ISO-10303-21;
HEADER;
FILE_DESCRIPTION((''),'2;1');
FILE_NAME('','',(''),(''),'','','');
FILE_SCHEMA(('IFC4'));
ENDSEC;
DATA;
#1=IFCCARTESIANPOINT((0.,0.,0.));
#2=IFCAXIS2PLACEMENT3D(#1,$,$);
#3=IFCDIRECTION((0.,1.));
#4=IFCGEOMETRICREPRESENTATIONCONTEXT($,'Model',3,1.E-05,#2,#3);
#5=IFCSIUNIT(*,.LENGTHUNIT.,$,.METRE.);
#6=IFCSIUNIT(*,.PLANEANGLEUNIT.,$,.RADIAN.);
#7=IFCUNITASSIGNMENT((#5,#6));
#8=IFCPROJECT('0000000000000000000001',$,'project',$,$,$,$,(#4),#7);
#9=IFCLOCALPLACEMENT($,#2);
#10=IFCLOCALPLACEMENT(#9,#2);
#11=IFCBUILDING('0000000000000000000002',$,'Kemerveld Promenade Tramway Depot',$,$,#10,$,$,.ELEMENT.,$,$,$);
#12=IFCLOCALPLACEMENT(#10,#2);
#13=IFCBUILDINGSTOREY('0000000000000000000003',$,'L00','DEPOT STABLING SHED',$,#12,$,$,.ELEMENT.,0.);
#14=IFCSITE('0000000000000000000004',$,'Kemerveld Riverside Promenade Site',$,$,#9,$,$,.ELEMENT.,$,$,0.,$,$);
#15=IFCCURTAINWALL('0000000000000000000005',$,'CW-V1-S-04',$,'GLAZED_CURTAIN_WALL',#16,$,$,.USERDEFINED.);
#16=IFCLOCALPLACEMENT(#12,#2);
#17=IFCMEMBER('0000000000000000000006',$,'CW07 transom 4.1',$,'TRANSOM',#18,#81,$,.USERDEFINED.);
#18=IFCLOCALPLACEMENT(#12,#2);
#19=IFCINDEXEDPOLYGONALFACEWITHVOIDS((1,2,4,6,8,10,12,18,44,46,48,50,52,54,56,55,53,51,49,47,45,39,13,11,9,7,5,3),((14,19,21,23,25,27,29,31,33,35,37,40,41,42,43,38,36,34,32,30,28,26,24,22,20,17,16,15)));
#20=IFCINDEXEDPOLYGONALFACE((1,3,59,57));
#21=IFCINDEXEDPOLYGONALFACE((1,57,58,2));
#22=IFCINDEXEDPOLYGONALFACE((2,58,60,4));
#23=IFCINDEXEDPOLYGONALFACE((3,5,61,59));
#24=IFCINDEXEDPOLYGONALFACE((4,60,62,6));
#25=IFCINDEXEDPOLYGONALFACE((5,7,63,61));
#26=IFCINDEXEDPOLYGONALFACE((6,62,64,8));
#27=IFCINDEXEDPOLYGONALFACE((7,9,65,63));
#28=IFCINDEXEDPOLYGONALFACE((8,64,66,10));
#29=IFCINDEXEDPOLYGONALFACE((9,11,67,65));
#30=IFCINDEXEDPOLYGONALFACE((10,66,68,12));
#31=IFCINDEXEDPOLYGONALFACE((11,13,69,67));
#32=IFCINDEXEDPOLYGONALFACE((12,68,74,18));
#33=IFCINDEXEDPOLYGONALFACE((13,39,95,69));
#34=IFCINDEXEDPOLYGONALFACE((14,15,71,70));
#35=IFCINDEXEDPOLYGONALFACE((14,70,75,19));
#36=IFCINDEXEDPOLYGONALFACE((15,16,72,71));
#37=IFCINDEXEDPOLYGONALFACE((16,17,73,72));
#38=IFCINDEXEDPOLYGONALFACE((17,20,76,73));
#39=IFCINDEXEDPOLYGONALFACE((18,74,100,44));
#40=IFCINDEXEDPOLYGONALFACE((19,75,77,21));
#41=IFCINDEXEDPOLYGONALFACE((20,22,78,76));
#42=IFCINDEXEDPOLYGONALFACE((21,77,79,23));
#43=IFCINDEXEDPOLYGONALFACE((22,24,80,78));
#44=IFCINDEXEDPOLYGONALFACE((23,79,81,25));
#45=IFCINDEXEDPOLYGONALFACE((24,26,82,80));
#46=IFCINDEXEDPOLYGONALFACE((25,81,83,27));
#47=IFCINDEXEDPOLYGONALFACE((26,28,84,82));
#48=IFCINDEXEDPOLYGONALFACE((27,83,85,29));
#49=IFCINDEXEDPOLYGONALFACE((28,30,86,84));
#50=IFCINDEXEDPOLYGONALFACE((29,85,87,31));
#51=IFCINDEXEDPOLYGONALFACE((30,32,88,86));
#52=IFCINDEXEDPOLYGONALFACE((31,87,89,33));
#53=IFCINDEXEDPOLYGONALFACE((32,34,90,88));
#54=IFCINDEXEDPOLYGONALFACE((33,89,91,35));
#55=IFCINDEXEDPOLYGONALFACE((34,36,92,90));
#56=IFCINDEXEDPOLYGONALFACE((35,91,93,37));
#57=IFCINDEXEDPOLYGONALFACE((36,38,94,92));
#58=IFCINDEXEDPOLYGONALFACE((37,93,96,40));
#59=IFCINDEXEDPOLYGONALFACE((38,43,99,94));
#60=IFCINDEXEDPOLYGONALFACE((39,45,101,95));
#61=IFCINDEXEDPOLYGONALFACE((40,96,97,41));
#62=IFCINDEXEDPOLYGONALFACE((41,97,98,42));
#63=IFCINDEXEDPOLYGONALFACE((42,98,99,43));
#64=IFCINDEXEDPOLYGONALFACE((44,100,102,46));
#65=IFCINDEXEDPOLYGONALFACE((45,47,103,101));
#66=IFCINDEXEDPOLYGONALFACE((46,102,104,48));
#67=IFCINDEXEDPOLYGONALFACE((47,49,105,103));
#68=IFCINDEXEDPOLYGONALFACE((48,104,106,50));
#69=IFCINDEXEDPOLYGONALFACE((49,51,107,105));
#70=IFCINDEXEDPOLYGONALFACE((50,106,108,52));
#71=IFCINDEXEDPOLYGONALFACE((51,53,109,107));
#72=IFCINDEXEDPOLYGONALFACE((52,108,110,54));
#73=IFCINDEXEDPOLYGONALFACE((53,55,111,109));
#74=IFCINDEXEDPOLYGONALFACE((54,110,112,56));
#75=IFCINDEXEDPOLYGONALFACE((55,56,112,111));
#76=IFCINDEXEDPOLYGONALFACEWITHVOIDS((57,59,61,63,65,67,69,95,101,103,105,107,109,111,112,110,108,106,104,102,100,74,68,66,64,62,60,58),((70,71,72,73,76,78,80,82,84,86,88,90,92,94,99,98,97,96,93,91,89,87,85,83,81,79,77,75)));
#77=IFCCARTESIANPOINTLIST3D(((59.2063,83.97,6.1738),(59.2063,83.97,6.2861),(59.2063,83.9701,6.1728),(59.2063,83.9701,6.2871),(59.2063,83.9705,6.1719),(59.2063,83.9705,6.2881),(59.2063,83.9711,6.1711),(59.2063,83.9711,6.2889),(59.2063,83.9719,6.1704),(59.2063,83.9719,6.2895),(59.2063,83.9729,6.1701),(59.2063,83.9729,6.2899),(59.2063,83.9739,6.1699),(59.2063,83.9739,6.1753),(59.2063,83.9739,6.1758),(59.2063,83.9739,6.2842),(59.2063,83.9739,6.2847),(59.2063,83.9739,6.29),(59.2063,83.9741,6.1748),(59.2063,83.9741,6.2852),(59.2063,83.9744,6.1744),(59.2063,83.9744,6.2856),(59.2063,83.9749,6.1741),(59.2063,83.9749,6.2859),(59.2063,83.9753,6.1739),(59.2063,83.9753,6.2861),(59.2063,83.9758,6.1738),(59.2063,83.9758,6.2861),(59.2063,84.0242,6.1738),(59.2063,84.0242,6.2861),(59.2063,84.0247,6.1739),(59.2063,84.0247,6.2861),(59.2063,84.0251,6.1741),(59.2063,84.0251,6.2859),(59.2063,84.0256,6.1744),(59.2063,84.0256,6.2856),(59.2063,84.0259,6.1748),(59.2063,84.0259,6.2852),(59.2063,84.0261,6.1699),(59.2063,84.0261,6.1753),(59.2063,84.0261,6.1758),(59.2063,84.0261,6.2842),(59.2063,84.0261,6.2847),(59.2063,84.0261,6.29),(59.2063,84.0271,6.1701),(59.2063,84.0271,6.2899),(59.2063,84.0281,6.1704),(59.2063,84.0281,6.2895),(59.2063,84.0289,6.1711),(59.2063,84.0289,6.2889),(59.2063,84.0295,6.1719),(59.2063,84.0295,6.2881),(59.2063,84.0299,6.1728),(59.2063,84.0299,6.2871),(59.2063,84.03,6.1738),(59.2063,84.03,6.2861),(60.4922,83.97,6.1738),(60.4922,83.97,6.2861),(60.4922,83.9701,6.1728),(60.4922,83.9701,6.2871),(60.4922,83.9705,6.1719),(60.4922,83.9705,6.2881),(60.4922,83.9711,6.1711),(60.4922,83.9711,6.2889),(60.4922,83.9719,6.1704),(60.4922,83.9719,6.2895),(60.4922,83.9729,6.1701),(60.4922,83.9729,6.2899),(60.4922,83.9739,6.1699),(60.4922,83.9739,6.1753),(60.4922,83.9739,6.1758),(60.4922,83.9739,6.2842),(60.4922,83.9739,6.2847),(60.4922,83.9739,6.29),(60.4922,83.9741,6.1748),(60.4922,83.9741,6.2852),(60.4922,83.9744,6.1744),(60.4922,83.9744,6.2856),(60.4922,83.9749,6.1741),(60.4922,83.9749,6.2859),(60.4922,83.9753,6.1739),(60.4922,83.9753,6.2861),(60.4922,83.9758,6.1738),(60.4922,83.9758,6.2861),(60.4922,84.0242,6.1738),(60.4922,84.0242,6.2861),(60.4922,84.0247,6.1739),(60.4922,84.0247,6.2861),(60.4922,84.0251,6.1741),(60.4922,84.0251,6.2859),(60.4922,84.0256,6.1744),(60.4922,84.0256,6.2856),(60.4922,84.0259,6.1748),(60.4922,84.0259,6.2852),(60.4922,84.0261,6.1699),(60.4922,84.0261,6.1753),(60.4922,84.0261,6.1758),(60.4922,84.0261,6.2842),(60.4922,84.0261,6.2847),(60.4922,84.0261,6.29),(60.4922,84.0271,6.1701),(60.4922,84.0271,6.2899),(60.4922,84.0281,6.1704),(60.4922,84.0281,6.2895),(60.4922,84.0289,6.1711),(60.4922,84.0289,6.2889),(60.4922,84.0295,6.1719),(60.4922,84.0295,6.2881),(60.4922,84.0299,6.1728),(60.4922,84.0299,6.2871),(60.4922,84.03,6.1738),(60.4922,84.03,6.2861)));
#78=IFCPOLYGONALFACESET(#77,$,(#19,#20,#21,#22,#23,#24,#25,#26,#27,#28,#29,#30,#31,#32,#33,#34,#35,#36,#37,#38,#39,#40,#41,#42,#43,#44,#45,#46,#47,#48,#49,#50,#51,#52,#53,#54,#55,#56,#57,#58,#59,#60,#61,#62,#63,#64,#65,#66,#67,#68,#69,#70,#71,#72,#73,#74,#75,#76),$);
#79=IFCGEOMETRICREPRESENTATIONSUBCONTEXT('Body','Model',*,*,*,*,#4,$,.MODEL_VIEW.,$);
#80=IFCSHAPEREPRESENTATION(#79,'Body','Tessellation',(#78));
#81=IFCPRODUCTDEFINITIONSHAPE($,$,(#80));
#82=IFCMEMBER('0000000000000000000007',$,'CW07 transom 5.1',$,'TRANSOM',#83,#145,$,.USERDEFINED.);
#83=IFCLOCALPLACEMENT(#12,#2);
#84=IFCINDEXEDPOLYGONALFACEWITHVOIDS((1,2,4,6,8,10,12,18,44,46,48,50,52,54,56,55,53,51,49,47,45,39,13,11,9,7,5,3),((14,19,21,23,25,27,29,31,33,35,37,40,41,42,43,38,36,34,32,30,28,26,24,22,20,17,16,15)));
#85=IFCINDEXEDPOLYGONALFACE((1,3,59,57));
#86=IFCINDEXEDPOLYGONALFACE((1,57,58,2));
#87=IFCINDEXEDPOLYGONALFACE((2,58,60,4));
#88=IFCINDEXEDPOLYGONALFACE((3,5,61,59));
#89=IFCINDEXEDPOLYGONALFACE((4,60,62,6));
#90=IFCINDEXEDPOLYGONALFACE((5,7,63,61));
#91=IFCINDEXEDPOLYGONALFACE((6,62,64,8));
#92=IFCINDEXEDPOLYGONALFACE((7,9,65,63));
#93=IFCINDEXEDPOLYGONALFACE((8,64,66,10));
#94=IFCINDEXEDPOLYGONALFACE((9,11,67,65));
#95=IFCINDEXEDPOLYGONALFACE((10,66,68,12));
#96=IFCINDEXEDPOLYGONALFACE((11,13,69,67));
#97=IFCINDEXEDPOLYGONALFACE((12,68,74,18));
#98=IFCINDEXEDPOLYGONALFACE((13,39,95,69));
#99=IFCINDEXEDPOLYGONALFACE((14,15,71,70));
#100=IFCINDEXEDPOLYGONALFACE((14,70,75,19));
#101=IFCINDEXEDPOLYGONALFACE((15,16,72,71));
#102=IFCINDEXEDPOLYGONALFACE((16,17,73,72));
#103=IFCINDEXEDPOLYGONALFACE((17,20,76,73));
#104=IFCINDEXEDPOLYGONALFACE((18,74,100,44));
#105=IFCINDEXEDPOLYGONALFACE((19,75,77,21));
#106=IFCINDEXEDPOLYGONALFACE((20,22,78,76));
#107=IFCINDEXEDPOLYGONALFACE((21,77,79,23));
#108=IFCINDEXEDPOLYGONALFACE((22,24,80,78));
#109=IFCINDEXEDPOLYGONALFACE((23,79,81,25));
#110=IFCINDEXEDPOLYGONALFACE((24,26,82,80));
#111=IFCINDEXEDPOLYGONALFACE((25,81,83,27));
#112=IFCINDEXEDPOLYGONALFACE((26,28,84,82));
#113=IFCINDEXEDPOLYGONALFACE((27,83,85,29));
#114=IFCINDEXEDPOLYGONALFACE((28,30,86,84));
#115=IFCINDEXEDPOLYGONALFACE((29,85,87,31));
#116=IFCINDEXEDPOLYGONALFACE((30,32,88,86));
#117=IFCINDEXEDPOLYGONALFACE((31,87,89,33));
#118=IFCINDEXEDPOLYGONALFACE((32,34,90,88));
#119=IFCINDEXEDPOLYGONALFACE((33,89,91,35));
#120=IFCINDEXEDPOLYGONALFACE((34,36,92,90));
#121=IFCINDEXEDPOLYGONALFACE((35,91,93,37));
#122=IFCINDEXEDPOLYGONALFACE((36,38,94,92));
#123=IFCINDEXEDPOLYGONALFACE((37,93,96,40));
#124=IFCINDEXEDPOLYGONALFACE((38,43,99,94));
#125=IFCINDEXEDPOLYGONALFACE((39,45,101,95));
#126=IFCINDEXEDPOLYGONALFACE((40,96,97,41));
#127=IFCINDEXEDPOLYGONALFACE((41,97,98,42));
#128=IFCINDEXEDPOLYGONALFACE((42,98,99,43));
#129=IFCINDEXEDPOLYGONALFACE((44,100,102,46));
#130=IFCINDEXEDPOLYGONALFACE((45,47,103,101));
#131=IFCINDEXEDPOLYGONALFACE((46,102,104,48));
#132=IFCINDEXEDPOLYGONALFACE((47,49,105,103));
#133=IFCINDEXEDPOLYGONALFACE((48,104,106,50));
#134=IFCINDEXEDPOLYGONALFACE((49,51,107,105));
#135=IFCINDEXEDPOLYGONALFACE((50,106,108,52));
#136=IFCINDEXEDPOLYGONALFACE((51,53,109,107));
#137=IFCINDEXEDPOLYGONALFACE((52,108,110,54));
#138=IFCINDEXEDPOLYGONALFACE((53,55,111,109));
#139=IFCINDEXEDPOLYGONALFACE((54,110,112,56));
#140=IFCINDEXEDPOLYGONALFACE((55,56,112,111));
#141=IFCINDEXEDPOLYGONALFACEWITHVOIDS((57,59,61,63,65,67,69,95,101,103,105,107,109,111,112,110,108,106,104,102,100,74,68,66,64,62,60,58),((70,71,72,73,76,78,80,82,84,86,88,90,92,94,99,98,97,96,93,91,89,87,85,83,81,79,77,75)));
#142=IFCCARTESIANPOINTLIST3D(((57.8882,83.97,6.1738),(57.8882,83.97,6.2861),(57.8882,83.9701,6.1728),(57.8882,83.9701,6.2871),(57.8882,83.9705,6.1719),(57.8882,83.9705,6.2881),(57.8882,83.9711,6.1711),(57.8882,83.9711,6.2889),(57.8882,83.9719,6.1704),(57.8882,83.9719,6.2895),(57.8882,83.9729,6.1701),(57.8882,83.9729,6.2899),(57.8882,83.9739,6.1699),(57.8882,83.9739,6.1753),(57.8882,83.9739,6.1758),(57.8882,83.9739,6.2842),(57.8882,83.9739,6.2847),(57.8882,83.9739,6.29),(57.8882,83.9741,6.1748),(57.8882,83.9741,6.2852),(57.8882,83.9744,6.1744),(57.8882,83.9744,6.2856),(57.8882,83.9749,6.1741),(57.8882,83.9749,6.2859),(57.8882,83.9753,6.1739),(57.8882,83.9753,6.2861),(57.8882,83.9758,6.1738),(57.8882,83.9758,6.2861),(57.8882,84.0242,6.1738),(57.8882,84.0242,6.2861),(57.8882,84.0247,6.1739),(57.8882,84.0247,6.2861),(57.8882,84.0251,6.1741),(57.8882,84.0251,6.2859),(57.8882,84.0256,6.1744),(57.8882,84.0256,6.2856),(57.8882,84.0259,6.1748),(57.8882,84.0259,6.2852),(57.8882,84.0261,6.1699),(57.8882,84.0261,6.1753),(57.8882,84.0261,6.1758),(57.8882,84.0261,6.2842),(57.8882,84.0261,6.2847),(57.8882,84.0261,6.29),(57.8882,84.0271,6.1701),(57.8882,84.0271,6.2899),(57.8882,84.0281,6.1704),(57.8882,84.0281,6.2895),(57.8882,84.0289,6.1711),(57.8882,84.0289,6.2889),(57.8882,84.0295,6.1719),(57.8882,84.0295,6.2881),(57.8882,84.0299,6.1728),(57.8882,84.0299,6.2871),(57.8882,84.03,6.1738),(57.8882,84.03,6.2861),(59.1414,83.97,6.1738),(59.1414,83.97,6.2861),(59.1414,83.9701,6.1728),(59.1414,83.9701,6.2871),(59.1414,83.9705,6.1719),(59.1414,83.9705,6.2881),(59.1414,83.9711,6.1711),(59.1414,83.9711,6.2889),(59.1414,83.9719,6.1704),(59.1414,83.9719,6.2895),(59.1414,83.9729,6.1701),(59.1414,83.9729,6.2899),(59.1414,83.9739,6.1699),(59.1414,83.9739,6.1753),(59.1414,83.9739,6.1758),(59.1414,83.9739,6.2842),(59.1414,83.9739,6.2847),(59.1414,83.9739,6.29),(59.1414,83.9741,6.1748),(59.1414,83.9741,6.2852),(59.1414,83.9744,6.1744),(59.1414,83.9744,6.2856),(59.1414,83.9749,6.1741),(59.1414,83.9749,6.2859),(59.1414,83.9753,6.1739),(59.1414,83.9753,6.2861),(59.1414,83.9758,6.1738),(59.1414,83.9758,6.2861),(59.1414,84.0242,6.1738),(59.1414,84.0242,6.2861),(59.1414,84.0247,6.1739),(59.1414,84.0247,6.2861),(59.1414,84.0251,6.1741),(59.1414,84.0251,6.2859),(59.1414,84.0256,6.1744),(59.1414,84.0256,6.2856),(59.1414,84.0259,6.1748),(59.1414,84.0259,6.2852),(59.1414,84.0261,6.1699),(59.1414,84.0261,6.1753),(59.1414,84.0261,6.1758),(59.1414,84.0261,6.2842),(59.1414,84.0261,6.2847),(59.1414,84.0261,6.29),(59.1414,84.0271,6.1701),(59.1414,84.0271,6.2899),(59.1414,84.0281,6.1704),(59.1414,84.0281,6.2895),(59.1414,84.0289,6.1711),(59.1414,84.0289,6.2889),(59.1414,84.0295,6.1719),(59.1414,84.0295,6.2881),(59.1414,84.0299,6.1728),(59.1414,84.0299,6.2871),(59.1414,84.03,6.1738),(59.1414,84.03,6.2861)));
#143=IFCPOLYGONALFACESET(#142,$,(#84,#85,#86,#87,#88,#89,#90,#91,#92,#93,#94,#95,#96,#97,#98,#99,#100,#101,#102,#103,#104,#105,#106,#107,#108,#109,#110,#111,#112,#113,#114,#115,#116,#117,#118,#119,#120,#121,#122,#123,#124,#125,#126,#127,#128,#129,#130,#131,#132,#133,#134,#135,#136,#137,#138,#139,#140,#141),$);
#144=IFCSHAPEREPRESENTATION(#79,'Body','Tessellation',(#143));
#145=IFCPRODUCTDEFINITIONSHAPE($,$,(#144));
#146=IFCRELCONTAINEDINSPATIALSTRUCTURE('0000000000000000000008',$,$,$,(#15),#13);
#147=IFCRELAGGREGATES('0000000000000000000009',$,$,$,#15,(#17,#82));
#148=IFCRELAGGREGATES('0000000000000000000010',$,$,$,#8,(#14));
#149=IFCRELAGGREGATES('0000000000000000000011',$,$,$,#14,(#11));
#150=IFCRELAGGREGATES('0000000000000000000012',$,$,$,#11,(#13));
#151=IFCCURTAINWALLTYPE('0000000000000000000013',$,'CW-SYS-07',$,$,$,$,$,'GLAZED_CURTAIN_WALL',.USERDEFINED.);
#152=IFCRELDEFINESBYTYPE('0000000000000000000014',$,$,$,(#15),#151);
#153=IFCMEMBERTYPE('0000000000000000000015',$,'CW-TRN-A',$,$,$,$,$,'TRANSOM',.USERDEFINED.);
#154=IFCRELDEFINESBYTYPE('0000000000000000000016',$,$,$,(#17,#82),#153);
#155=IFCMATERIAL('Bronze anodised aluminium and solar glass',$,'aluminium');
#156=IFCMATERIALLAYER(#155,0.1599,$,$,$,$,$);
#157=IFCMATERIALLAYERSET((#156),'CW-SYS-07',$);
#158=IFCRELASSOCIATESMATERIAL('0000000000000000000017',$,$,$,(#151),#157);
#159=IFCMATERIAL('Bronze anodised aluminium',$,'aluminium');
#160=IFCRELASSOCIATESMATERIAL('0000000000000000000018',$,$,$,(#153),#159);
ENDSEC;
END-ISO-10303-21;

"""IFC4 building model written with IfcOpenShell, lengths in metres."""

from ifc_helpers import new_model, si_unit, direction, frame, origin, origin_2d, place, context, subcontext, project, spatial, hollow_rectangle, extrude, material, layer, layer_set, material_profile, profile_set, type_object, element, aggregate, save


model = new_model("IFC4")

# Units and contexts
model_context = context("Model", 3, precision=1e-05, world=origin(), true_north=direction((0.0, 1.0)))
body_context = subcontext(model_context, "Body", "Model", "MODEL_VIEW")
ifc_project = project(units=[si_unit("LENGTHUNIT", "METRE"), si_unit("PLANEANGLEUNIT", "RADIAN")], contexts=[model_context])

# Site, building, storey
site_placement = place(None, origin())
site = spatial("IfcSite", under=ifc_project, at=site_placement, Name="Kemerveld Riverside Promenade Site", CompositionType="ELEMENT", RefElevation=0.0)
building_placement = place(site_placement, origin())
building = spatial("IfcBuilding", under=site, at=building_placement, Name="Kemerveld Promenade Tramway Depot", CompositionType="ELEMENT")
storey_placement = place(building_placement, origin())
storey = spatial("IfcBuildingStorey", under=building, at=storey_placement, Name="L00", Description="DEPOT STABLING SHED", CompositionType="ELEMENT", Elevation=0.0)

# Curtain wall
ifc_material_1 = material(Name="Bronze anodised aluminium and solar glass", Category="aluminium")
ifc_layer_1 = layer(ifc_material_1, 0.1599)
ifc_layer_set_1 = layer_set([ifc_layer_1], Name="CW-SYS-07")
curtain_wall_type_1 = type_object("IfcCurtainWallType", Name="CW-SYS-07", ElementType="GLAZED_CURTAIN_WALL", PredefinedType="USERDEFINED", material=ifc_layer_set_1)
curtain_wall_1_placement = place(storey_placement, origin())
curtain_wall_1 = element("IfcCurtainWall", 1, at=curtain_wall_1_placement, inside=storey, type_object=curtain_wall_type_1, Name="CW-V1-S-04", ObjectType="GLAZED_CURTAIN_WALL", PredefinedType="USERDEFINED")
ifc_material_2 = material(Name="Bronze anodised aluminium", Category="aluminium")

# Members
ifc_material_profile_1 = material_profile(ifc_material_2, hollow_rectangle(XDim=0.0601, YDim=0.1201, WallThickness=0.0039, InnerFilletRadius=0.002, OuterFilletRadius=0.0039, at=origin_2d()), Name="CW-TRN-120x60")
ifc_profile_set_1 = profile_set([ifc_material_profile_1], Name="Bronze anodised aluminium")
member_type_1 = type_object("IfcMemberType", Name="CW-TRN-A", ElementType="TRANSOM", PredefinedType="USERDEFINED", material=ifc_profile_set_1)
member_1_placement = place(storey_placement, frame((60.4922, 84.0, 6.23), z_axis=(-1.0, 0.0, 0.0), x_axis=(0.0, -1.0, 0.0)))
member_1 = element("IfcMember", 2, at=member_1_placement, type_object=member_type_1, Name="CW07 transom 4.1", ObjectType="TRANSOM", PredefinedType="USERDEFINED", context=body_context, shape_type="SweptSolid", body=[
    extrude(hollow_rectangle(XDim=0.0601, YDim=0.1201, WallThickness=0.0039, InnerFilletRadius=0.002, OuterFilletRadius=0.0039, at=origin_2d()), origin(), (0.0, 0.0, 1.0), 1.2859),
])
member_2_placement = place(storey_placement, frame((59.1414, 84.0, 6.23), z_axis=(-1.0, 0.0, 0.0), x_axis=(0.0, -1.0, 0.0)))
member_2 = element("IfcMember", 3, at=member_2_placement, type_object=member_type_1, Name="CW07 transom 5.1", ObjectType="TRANSOM", PredefinedType="USERDEFINED", context=body_context, shape_type="SweptSolid", body=[
    extrude(hollow_rectangle(XDim=0.0601, YDim=0.1201, WallThickness=0.0039, InnerFilletRadius=0.002, OuterFilletRadius=0.0039, at=origin_2d()), origin(), (0.0, 0.0, 1.0), 1.2532),
])

aggregate(curtain_wall_1, [member_1, member_2])

save(model, "model.ifc")
